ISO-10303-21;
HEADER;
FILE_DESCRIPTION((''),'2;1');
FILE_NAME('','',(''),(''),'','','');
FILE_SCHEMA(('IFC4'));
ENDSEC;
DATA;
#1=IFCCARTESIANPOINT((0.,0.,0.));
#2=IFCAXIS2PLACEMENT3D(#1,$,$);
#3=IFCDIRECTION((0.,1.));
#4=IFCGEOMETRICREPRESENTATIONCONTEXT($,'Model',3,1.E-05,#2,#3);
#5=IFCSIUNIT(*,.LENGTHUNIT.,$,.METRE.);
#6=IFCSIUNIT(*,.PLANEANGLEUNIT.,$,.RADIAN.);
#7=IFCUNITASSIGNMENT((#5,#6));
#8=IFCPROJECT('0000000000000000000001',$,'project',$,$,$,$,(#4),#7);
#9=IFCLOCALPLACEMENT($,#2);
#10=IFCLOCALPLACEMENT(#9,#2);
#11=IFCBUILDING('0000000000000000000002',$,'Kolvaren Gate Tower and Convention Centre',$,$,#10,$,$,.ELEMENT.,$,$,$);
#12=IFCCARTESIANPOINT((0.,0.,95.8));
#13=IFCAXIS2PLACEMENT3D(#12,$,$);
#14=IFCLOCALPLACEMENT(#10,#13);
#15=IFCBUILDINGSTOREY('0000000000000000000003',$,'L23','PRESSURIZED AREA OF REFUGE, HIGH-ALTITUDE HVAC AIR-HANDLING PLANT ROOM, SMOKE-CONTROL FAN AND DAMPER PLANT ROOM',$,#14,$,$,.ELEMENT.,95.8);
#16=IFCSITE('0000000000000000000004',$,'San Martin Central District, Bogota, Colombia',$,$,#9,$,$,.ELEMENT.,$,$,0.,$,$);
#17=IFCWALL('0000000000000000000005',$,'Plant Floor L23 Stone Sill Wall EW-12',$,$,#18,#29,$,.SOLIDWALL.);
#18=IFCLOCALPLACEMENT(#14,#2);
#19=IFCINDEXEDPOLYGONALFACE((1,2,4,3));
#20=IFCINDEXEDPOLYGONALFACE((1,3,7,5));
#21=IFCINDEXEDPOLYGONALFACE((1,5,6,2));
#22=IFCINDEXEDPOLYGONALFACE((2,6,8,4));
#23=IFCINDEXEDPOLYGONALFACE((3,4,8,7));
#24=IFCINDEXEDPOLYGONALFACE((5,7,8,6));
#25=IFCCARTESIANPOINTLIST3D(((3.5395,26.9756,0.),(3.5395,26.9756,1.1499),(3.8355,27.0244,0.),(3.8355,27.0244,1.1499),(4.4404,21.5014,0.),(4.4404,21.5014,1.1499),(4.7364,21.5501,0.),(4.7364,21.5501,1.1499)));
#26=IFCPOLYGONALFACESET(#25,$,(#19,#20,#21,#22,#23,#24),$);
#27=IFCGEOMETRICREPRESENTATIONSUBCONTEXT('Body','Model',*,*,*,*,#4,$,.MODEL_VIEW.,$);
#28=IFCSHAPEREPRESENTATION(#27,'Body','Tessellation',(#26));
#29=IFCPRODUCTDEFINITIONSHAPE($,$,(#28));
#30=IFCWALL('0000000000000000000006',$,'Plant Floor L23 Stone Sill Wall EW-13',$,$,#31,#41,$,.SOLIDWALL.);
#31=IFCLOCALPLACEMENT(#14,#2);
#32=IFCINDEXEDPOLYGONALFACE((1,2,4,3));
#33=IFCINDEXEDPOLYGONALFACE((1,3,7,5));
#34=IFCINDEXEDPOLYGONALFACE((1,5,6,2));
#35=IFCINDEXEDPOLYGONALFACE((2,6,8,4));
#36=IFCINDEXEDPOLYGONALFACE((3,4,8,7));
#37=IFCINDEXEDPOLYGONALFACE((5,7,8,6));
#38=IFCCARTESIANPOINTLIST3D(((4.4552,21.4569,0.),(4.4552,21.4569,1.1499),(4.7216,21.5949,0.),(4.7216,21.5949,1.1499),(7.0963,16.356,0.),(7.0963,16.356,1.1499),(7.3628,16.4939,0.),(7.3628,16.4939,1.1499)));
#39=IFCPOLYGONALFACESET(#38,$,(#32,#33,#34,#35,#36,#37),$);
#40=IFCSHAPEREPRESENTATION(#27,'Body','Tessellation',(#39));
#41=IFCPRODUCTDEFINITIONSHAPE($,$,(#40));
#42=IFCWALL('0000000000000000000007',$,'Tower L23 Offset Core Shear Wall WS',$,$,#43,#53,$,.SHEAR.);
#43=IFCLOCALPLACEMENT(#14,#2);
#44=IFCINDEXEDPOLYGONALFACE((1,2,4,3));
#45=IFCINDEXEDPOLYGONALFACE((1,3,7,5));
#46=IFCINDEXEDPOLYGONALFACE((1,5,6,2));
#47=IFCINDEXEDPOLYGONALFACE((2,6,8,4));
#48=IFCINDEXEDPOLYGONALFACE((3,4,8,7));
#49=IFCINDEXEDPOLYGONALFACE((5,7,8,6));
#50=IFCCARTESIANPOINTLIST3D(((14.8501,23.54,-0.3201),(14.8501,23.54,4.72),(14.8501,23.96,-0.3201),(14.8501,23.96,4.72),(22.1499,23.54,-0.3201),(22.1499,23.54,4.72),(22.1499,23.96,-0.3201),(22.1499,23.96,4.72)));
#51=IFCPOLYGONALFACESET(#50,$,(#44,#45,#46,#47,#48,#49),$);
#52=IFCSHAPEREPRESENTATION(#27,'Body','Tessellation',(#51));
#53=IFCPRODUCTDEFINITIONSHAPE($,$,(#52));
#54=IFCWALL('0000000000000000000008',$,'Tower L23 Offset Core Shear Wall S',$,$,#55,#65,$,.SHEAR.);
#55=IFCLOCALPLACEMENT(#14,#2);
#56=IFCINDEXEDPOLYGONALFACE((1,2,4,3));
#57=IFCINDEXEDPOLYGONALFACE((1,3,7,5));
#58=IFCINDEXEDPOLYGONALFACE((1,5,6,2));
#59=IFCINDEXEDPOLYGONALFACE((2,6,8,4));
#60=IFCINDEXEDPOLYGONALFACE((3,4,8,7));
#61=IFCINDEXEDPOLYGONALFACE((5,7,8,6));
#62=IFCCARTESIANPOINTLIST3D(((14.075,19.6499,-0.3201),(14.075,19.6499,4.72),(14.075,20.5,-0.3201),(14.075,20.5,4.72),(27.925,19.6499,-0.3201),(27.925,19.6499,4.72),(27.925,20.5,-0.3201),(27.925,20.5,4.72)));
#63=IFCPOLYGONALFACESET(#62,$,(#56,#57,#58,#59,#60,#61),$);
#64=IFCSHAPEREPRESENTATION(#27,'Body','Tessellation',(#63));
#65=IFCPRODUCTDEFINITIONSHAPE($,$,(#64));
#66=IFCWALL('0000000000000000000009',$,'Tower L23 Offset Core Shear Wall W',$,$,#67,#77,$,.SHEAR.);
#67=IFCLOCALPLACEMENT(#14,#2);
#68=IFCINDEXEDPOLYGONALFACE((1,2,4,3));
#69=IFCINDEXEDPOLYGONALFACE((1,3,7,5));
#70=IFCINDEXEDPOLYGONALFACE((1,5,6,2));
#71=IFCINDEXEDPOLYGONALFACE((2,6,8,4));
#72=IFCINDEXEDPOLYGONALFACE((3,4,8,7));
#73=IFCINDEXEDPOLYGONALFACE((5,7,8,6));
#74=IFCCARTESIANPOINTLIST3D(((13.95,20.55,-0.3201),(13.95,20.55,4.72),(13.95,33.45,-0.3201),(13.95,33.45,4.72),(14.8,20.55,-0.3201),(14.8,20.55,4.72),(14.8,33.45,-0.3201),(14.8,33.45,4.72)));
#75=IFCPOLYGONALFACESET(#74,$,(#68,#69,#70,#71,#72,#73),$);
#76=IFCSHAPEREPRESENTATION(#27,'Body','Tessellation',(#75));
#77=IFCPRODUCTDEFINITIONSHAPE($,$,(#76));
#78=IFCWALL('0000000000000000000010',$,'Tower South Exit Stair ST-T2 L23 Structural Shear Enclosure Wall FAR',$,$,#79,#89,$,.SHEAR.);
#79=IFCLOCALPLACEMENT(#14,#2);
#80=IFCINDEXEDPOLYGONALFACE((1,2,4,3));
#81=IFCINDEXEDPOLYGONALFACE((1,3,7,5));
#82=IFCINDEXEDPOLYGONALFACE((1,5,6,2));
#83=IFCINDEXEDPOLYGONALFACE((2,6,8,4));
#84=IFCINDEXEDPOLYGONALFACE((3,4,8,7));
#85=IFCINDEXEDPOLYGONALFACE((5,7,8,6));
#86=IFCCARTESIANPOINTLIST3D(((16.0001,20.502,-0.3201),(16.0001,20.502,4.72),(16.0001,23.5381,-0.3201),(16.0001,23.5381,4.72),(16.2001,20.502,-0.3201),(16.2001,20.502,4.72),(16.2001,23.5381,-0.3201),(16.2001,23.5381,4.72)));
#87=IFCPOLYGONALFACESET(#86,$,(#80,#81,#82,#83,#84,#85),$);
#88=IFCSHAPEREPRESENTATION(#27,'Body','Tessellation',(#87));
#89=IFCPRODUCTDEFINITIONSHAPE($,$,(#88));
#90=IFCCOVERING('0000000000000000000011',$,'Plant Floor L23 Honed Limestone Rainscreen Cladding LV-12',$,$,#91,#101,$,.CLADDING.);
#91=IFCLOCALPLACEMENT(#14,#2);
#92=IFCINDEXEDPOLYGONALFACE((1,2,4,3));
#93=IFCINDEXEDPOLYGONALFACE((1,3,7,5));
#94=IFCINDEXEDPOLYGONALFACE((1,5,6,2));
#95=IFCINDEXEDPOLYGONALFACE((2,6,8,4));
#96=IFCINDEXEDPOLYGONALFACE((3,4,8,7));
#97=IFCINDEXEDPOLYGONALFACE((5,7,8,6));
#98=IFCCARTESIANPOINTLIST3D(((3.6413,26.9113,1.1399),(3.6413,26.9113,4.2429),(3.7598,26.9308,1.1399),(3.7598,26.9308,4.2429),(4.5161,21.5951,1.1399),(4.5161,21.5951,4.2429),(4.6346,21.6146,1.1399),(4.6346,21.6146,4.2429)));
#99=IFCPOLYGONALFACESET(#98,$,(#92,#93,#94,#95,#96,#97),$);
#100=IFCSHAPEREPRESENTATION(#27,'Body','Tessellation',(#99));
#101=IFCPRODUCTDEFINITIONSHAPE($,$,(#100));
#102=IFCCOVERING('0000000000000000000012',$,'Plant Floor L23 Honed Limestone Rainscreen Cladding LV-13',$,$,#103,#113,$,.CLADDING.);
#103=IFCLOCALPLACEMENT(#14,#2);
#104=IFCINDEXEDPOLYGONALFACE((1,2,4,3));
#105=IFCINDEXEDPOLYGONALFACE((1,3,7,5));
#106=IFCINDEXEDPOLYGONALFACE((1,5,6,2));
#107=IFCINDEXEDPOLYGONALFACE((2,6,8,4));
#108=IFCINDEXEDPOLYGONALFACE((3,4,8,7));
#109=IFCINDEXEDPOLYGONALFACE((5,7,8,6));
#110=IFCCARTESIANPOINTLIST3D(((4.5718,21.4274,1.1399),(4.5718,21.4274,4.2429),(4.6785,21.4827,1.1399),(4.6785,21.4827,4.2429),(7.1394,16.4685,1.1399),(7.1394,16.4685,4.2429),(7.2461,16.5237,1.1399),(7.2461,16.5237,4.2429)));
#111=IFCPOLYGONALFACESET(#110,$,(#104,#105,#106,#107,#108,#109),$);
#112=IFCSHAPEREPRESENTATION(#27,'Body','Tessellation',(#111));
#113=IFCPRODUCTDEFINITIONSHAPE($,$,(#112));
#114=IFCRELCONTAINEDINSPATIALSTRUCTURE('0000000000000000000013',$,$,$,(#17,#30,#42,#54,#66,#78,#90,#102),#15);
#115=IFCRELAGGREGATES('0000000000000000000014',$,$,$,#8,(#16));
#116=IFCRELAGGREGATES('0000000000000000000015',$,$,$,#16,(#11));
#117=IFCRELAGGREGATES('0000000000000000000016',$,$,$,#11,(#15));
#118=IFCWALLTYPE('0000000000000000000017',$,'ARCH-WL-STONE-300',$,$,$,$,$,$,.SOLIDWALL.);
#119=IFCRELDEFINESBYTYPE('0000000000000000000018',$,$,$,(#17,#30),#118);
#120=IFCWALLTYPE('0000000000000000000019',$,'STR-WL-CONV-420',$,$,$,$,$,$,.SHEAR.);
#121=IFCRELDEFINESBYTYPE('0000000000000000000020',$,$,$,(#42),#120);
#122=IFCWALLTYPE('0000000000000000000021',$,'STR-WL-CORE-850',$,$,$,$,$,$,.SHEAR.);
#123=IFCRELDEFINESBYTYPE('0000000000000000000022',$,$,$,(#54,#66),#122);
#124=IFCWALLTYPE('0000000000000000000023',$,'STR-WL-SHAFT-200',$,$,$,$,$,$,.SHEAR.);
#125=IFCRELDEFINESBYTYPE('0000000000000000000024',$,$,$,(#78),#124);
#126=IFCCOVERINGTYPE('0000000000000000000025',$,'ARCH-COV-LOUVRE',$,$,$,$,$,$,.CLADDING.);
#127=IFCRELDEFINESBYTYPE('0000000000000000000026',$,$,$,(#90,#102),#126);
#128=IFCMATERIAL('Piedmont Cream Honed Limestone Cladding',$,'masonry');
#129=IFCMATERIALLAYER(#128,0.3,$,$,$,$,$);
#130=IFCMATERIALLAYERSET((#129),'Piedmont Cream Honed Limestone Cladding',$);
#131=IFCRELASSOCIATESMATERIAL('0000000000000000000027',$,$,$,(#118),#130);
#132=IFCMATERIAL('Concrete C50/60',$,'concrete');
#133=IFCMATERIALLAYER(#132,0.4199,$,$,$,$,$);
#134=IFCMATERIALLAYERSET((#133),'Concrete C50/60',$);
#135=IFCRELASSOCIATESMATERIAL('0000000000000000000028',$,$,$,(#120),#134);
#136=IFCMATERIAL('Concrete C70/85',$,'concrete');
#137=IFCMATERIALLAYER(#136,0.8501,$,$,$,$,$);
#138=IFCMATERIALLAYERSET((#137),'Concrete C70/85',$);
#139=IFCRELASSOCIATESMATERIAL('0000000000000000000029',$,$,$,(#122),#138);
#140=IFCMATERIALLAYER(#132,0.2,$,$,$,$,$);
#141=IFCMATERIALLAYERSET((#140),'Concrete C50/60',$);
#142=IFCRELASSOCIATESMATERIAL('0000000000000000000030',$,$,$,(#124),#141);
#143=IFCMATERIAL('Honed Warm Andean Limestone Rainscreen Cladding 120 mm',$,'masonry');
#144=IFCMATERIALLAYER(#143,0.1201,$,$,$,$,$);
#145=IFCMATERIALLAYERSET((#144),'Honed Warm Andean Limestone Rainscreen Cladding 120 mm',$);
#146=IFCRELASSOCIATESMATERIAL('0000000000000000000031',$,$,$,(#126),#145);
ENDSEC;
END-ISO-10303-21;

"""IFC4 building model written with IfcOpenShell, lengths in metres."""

from ifc_helpers import new_model, si_unit, direction, frame, frame_2d, origin, origin_2d, place, context, subcontext, project, spatial, rectangle, extrude, material, layer, layer_set, type_object, element, save


model = new_model("IFC4")

# Units and contexts
model_context = context("Model", 3, precision=1e-05, world=origin(), true_north=direction((0.0, 1.0)))
body_context = subcontext(model_context, "Body", "Model", "MODEL_VIEW")
ifc_project = project(units=[si_unit("LENGTHUNIT", "METRE"), si_unit("PLANEANGLEUNIT", "RADIAN")], contexts=[model_context])

# Site, building, storey
site_placement = place(None, origin())
site = spatial("IfcSite", under=ifc_project, at=site_placement, Name="San Martin Central District, Bogota, Colombia", CompositionType="ELEMENT", RefElevation=0.0)
building_placement = place(site_placement, origin())
building = spatial("IfcBuilding", under=site, at=building_placement, Name="Kolvaren Gate Tower and Convention Centre", CompositionType="ELEMENT")
storey_placement = place(building_placement, frame((0.0, 0.0, 95.8)))
storey = spatial("IfcBuildingStorey", under=building, at=storey_placement, Name="L23", Description="PRESSURIZED AREA OF REFUGE, HIGH-ALTITUDE HVAC AIR-HANDLING PLANT ROOM, SMOKE-CONTROL FAN AND DAMPER PLANT ROOM", CompositionType="ELEMENT", Elevation=95.8)

# Shared definitions
ifc_material_1 = material(Name="Concrete C70/85", Category="concrete")

# Walls
ifc_material_2 = material(Name="Piedmont Cream Honed Limestone Cladding", Category="masonry")
ifc_layer_1 = layer(ifc_material_2, 0.3)
ifc_layer_set_1 = layer_set([ifc_layer_1], Name="Piedmont Cream Honed Limestone Cladding")
wall_type_1 = type_object("IfcWallType", Name="ARCH-WL-STONE-300", PredefinedType="SOLIDWALL", material=ifc_layer_set_1)
for number, where, z_axis, x_axis, name in (
    (1, (3.6875, 27.0, 0.0), (0.0, 0.0, 1.0), (0.162386, -0.986727, 0.0), "Plant Floor L23 Stone Sill Wall EW-12"),
):
    element("IfcWall", number, at=place(storey_placement, frame(where, z_axis=z_axis, x_axis=x_axis)), inside=storey, type_object=wall_type_1, Name=name, PredefinedType="SOLIDWALL", context=body_context, shape_type="SweptSolid", body=[
        extrude(rectangle(XDim=5.5479, YDim=0.3, at=frame_2d((2.7739, 0.0))), origin(), (0.0, 0.0, 1.0), 1.1499),
    ])
wall_1_placement = place(storey_placement, frame((4.5884, 21.5259, 0.0), z_axis=(0.0, 0.0, 1.0), x_axis=(0.459801, -0.888022, 0.0)))
element("IfcWall", 2, at=wall_1_placement, inside=storey, type_object=wall_type_1, Name="Plant Floor L23 Stone Sill Wall EW-13", PredefinedType="SOLIDWALL", context=body_context, shape_type="SweptSolid", body=[
    extrude(rectangle(XDim=5.7441, YDim=0.3, at=frame_2d((2.8721, 0.0))), origin(), (0.0, 0.0, 1.0), 1.1499),
])
ifc_material_3 = material(Name="Concrete C50/60", Category="concrete")
ifc_layer_2 = layer(ifc_material_3, 0.4199)
ifc_layer_set_2 = layer_set([ifc_layer_2], Name="Concrete C50/60")
wall_type_2 = type_object("IfcWallType", Name="STR-WL-CONV-420", PredefinedType="SHEAR", material=ifc_layer_set_2)
wall_2_placement = place(storey_placement, frame((14.8501, 23.75, -0.3201), z_axis=(0.0, 0.0, 1.0), x_axis=(1.0, 0.0, 0.0)))
element("IfcWall", 3, at=wall_2_placement, inside=storey, type_object=wall_type_2, Name="Tower L23 Offset Core Shear Wall WS", PredefinedType="SHEAR", context=body_context, shape_type="SweptSolid", body=[
    extrude(rectangle(XDim=7.2998, YDim=0.4199, at=frame_2d((3.6499, 0.0))), origin(), (0.0, 0.0, 1.0), 5.04),
])
ifc_layer_3 = layer(ifc_material_1, 0.8501)
ifc_layer_set_3 = layer_set([ifc_layer_3], Name="Concrete C70/85")
wall_type_3 = type_object("IfcWallType", Name="STR-WL-CORE-850", PredefinedType="SHEAR", material=ifc_layer_set_3)
wall_3_placement = place(storey_placement, frame((14.075, 20.075, -0.3201), z_axis=(0.0, 0.0, 1.0), x_axis=(1.0, 0.0, 0.0)))
element("IfcWall", 4, at=wall_3_placement, inside=storey, type_object=wall_type_3, Name="Tower L23 Offset Core Shear Wall S", PredefinedType="SHEAR", context=body_context, shape_type="SweptSolid", body=[
    extrude(rectangle(XDim=13.8501, YDim=0.8501, at=frame_2d((6.925, 0.0))), origin(), (0.0, 0.0, 1.0), 5.04),
])
wall_4_placement = place(storey_placement, frame((14.375, 20.55, -0.3201), z_axis=(0.0, 0.0, 1.0), x_axis=(0.0, 1.0, 0.0)))
element("IfcWall", 5, at=wall_4_placement, inside=storey, type_object=wall_type_3, Name="Tower L23 Offset Core Shear Wall W", PredefinedType="SHEAR", context=body_context, shape_type="SweptSolid", body=[
    extrude(rectangle(XDim=12.8999, YDim=0.8501, at=frame_2d((6.45, 0.0))), origin(), (0.0, 0.0, 1.0), 5.04),
])
ifc_layer_4 = layer(ifc_material_3, 0.2)
ifc_layer_set_4 = layer_set([ifc_layer_4], Name="Concrete C50/60")
wall_type_4 = type_object("IfcWallType", Name="STR-WL-SHAFT-200", PredefinedType="SHEAR", material=ifc_layer_set_4)
wall_5_placement = place(storey_placement, frame((16.1001, 20.502, -0.3201), z_axis=(0.0, 0.0, 1.0), x_axis=(0.0, 1.0, 0.0)))
element("IfcWall", 6, at=wall_5_placement, inside=storey, type_object=wall_type_4, Name="Tower South Exit Stair ST-T2 L23 Structural Shear Enclosure Wall FAR", PredefinedType="SHEAR", context=body_context, shape_type="SweptSolid", body=[
    extrude(rectangle(XDim=3.0361, YDim=0.2, at=frame_2d((1.5181, 0.0))), origin(), (0.0, 0.0, 1.0), 5.04),
])

# Coverings
ifc_material_4 = material(Name="Honed Warm Andean Limestone Rainscreen Cladding 120 mm", Category="masonry")
ifc_layer_5 = layer(ifc_material_4, 0.1201)
ifc_layer_set_5 = layer_set([ifc_layer_5], Name="Honed Warm Andean Limestone Rainscreen Cladding 120 mm")
covering_type = type_object("IfcCoveringType", Name="ARCH-COV-LOUVRE", PredefinedType="CLADDING", material=ifc_layer_set_5)
covering_1_placement = place(storey_placement, frame((4.1379, 24.2629, 1.1399), z_axis=(0.0, 0.0, 1.0), x_axis=(0.162375, -0.986729, 0.0)))
element("IfcCovering", 7, at=covering_1_placement, inside=storey, type_object=covering_type, Name="Plant Floor L23 Honed Limestone Rainscreen Cladding LV-12", PredefinedType="CLADDING", context=body_context, shape_type="SweptSolid", body=[
    extrude(rectangle(XDim=5.3877, YDim=0.1201, at=origin_2d()), origin(), (0.0, 0.0, 1.0), 3.103),
])
covering_2_placement = place(storey_placement, frame((5.9089, 18.9756, 1.1399), z_axis=(0.0, 0.0, 1.0), x_axis=(0.459802, -0.888022, 0.0)))
element("IfcCovering", 8, at=covering_2_placement, inside=storey, type_object=covering_type, Name="Plant Floor L23 Honed Limestone Rainscreen Cladding LV-13", PredefinedType="CLADDING", context=body_context, shape_type="SweptSolid", body=[
    extrude(rectangle(XDim=5.5842, YDim=0.1201, at=origin_2d()), origin(), (0.0, 0.0, 1.0), 3.103),
])

save(model, "model.ifc")
